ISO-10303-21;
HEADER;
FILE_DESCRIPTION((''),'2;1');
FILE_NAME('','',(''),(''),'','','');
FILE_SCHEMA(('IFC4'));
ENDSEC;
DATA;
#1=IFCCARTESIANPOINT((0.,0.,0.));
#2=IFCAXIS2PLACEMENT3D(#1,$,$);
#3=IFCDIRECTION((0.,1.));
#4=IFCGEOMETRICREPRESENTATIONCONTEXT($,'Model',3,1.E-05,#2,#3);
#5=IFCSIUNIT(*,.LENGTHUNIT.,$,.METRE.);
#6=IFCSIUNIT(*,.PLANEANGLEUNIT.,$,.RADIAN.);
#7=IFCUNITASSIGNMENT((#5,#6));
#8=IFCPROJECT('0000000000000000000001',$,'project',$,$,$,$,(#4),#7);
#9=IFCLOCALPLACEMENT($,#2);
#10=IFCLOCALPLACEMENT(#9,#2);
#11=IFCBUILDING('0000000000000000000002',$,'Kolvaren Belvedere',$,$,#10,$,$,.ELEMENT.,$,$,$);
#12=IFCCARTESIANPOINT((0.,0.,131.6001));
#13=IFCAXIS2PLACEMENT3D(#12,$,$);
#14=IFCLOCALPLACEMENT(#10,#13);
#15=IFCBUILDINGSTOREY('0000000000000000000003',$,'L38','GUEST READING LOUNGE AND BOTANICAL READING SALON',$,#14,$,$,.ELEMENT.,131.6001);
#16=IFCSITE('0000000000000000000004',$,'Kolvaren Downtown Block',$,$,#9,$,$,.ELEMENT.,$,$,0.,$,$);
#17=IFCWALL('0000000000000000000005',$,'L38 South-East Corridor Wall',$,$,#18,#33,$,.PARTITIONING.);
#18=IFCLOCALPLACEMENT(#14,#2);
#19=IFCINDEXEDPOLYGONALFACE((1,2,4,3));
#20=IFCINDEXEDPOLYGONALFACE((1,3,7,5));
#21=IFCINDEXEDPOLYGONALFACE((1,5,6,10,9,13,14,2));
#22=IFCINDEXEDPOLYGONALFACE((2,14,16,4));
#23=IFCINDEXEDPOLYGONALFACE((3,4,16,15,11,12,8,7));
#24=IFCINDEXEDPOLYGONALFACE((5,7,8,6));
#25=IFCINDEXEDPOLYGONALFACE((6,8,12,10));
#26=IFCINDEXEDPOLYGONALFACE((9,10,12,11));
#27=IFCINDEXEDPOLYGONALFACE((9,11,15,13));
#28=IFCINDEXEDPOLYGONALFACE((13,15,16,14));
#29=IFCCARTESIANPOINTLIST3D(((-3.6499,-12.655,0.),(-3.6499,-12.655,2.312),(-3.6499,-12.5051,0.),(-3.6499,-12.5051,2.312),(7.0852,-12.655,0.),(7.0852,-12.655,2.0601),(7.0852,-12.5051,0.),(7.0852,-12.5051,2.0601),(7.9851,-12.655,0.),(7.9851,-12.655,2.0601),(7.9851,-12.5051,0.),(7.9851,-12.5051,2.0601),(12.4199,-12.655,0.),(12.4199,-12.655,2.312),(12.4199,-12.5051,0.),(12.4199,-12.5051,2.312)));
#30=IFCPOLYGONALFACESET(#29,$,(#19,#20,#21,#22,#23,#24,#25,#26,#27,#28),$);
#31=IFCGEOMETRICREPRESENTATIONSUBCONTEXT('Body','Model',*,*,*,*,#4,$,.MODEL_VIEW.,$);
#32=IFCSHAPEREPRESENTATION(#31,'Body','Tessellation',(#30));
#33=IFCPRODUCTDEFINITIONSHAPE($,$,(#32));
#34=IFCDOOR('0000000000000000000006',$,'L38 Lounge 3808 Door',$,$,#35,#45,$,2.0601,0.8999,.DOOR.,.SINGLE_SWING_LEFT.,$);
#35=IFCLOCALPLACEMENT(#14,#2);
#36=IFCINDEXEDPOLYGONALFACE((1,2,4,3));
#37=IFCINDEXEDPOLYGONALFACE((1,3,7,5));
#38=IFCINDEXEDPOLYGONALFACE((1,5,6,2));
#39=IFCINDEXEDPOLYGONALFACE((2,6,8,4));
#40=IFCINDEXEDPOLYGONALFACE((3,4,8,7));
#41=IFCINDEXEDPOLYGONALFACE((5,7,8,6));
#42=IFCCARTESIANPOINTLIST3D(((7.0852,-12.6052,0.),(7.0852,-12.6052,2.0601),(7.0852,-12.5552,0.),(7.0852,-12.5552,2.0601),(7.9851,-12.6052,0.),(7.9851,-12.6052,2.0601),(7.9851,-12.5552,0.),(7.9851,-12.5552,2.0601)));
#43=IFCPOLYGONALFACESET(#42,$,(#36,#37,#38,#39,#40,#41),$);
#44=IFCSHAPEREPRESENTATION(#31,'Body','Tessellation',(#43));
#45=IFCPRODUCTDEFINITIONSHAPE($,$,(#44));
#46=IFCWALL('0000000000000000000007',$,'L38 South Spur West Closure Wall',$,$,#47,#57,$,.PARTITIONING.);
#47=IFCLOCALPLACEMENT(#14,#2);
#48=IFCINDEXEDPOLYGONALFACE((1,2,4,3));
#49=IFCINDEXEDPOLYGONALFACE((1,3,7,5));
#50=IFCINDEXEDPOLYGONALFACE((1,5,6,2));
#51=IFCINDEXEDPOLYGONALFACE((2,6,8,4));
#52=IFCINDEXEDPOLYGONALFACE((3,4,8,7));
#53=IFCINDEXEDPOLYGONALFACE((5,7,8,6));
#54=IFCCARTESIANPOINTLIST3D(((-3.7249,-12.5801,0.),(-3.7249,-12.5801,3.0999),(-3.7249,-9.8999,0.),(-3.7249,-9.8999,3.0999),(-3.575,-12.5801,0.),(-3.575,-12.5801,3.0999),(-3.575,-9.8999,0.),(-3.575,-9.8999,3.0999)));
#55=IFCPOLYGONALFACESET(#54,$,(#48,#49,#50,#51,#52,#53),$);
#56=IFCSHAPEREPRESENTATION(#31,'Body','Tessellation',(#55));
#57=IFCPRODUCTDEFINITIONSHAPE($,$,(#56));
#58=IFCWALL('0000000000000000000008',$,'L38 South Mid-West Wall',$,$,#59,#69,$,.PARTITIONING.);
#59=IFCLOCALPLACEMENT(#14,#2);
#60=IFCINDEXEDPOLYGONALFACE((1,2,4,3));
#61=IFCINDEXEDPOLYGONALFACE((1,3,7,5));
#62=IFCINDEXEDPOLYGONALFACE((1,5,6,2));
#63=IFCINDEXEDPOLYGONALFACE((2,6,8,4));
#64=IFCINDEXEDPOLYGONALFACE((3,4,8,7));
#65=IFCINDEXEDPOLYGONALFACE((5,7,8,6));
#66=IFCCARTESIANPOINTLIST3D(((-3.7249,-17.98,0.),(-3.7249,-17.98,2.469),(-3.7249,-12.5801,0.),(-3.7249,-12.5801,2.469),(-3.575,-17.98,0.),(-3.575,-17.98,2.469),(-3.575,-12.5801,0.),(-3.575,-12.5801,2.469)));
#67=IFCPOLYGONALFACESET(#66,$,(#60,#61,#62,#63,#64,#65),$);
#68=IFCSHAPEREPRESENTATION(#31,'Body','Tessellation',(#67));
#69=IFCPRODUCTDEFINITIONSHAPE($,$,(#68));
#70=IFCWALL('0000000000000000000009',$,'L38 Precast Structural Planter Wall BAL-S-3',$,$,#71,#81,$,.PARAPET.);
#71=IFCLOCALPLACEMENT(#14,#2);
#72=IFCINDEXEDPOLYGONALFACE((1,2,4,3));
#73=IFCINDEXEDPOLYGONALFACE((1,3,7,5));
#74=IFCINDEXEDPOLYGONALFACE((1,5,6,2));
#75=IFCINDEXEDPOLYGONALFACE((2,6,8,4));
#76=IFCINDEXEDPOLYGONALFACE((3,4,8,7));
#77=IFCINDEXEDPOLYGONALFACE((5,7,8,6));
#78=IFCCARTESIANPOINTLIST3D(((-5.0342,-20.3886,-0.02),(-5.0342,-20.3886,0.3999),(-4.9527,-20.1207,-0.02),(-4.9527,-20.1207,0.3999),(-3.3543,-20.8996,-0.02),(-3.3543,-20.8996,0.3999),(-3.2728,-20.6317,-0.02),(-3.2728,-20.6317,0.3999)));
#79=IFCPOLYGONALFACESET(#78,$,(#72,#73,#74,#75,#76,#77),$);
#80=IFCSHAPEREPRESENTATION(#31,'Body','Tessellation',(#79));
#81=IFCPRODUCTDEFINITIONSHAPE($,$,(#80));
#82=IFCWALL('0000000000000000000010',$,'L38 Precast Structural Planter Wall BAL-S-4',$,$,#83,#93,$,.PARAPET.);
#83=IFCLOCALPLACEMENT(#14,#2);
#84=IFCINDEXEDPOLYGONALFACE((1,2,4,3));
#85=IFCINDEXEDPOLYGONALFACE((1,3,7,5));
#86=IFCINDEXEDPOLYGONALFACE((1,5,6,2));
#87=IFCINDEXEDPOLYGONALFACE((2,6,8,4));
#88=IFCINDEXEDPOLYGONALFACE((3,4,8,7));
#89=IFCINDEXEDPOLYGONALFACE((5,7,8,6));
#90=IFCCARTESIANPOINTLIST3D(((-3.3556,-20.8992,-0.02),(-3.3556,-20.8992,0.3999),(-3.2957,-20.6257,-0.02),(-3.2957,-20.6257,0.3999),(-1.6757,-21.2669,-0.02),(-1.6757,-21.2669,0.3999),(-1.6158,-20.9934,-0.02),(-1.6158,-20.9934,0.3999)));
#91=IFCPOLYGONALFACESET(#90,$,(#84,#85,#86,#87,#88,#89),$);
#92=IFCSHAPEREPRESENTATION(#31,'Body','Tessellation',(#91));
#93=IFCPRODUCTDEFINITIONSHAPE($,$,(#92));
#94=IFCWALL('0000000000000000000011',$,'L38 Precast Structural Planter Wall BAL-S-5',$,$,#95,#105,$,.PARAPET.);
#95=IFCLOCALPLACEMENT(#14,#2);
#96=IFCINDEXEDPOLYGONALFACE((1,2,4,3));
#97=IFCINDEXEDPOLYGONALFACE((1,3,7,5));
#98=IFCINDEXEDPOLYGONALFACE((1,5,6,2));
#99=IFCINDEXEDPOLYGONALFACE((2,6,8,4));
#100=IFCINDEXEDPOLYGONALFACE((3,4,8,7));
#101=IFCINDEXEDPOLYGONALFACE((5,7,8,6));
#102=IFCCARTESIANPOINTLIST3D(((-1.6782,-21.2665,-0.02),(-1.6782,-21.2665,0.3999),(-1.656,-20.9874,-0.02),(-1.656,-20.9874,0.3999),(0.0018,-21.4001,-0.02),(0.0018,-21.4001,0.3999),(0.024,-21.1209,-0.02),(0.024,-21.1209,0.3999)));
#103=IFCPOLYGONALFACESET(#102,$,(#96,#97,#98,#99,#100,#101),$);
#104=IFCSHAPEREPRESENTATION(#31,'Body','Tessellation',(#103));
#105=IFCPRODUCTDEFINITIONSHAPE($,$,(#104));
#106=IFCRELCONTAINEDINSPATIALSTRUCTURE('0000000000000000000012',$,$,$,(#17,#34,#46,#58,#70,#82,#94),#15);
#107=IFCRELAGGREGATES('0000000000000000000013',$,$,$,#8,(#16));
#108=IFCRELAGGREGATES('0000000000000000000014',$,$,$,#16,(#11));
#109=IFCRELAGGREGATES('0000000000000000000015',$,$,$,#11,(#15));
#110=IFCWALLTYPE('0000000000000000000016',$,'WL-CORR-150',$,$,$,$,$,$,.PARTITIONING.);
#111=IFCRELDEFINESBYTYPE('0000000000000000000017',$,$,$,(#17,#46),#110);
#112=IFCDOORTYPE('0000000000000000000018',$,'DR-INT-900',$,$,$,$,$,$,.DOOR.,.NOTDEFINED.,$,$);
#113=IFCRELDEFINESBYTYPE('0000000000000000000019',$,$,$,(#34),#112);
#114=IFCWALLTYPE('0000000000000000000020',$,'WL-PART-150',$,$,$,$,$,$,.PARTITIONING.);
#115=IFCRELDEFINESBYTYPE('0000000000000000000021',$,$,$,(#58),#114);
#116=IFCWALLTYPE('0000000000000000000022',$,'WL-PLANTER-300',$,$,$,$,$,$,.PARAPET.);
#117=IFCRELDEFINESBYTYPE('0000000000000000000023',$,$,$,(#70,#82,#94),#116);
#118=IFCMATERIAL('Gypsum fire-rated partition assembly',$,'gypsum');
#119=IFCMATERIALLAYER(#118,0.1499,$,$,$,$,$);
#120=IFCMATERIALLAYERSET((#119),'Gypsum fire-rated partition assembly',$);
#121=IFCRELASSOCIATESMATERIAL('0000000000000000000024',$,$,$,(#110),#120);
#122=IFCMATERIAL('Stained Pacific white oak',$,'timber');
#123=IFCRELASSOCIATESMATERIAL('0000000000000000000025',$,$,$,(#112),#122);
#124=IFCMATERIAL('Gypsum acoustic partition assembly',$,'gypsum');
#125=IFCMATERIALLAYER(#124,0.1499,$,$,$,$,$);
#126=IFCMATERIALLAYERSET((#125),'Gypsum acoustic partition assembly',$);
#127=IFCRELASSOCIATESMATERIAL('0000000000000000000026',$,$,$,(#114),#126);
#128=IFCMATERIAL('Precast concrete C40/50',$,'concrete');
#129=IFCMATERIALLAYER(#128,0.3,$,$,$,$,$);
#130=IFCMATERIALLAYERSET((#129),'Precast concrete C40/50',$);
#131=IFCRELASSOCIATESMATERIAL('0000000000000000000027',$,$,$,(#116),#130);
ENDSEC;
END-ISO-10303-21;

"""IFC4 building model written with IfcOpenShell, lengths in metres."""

from ifc_helpers import new_model, si_unit, direction, frame, frame_2d, origin, place, context, subcontext, project, spatial, rectangle, extrude, material, layer, layer_set, type_object, element, fill, save


model = new_model("IFC4")

# Units and contexts
model_context = context("Model", 3, precision=1e-05, world=origin(), true_north=direction((0.0, 1.0)))
body_context = subcontext(model_context, "Body", "Model", "MODEL_VIEW")
ifc_project = project(units=[si_unit("LENGTHUNIT", "METRE"), si_unit("PLANEANGLEUNIT", "RADIAN")], contexts=[model_context])

# Site, building, storey
site_placement = place(None, origin())
site = spatial("IfcSite", under=ifc_project, at=site_placement, Name="Kolvaren Downtown Block", CompositionType="ELEMENT", RefElevation=0.0)
building_placement = place(site_placement, origin())
building = spatial("IfcBuilding", under=site, at=building_placement, Name="Kolvaren Belvedere", CompositionType="ELEMENT")
storey_placement = place(building_placement, frame((0.0, 0.0, 131.6001)))
storey = spatial("IfcBuildingStorey", under=building, at=storey_placement, Name="L38", Description="GUEST READING LOUNGE AND BOTANICAL READING SALON", CompositionType="ELEMENT", Elevation=131.6001)

# Wall, opening, door
ifc_material_1 = material(Name="Gypsum fire-rated partition assembly", Category="gypsum")
ifc_layer_1 = layer(ifc_material_1, 0.1499)
ifc_layer_set_1 = layer_set([ifc_layer_1], Name="Gypsum fire-rated partition assembly")
wall_type_1 = type_object("IfcWallType", Name="WL-CORR-150", PredefinedType="PARTITIONING", material=ifc_layer_set_1)
wall_1_placement = place(storey_placement, frame((-3.6499, -12.5801, 0.0), z_axis=(0.0, 0.0, 1.0), x_axis=(1.0, 0.0, 0.0)))
wall_1 = element("IfcWall", 1, at=wall_1_placement, inside=storey, type_object=wall_type_1, Name="L38 South-East Corridor Wall", PredefinedType="PARTITIONING", context=body_context, shape_type="SweptSolid", body=[
    extrude(rectangle(XDim=16.0698, YDim=0.1499, at=frame_2d((8.0349, 0.0))), origin(), (0.0, 0.0, 1.0), 2.312),
])
opening_placement = place(wall_1_placement, frame((10.7351, 0.0, 0.0)))
opening = element("IfcOpeningElement", 2, at=opening_placement, cuts=wall_1, PredefinedType="OPENING", context=body_context, shape_type="SweptSolid", body=[
    extrude(rectangle(XDim=0.8999, YDim=2.0601, at=frame_2d((0.45, 1.03))), frame((0.0, 0.085, 0.0), z_axis=(0.0, -1.0, 0.0), x_axis=(1.0, 0.0, 0.0)), (0.0, 0.0, 1.0), 0.1699),
])
ifc_material_2 = material(Name="Stained Pacific white oak", Category="timber")
door_type = type_object("IfcDoorType", Name="DR-INT-900", OperationType="NOTDEFINED", PredefinedType="DOOR", material=ifc_material_2)
door_placement = place(opening_placement, origin())
door = element("IfcDoor", 3, at=door_placement, inside=storey, type_object=door_type, Name="L38 Lounge 3808 Door", OperationType="SINGLE_SWING_LEFT", OverallHeight=2.0601, OverallWidth=0.8999, PredefinedType="DOOR", context=body_context, shape_type="SweptSolid", body=[
    extrude(rectangle(XDim=0.8999, YDim=2.0601, at=frame_2d((0.45, 1.03))), frame((0.0, 0.0249, 0.0), z_axis=(0.0, -1.0, 0.0), x_axis=(1.0, 0.0, 0.0)), (0.0, 0.0, 1.0), 0.05),
])
fill(opening, door)

# Walls
wall_2_placement = place(storey_placement, frame((-3.6499, -12.5801, 0.0), z_axis=(0.0, 0.0, 1.0), x_axis=(0.0, 1.0, 0.0)))
element("IfcWall", 4, at=wall_2_placement, inside=storey, type_object=wall_type_1, Name="L38 South Spur West Closure Wall", PredefinedType="PARTITIONING", context=body_context, shape_type="SweptSolid", body=[
    extrude(rectangle(XDim=2.6802, YDim=0.1499, at=frame_2d((1.3401, 0.0))), origin(), (0.0, 0.0, 1.0), 3.0999),
])
ifc_material_3 = material(Name="Gypsum acoustic partition assembly", Category="gypsum")
ifc_layer_2 = layer(ifc_material_3, 0.1499)
ifc_layer_set_2 = layer_set([ifc_layer_2], Name="Gypsum acoustic partition assembly")
wall_type_2 = type_object("IfcWallType", Name="WL-PART-150", PredefinedType="PARTITIONING", material=ifc_layer_set_2)
wall_3_placement = place(storey_placement, frame((-3.6499, -17.98, 0.0), z_axis=(0.0, 0.0, 1.0), x_axis=(0.0, 1.0, 0.0)))
element("IfcWall", 5, at=wall_3_placement, inside=storey, type_object=wall_type_2, Name="L38 South Mid-West Wall", PredefinedType="PARTITIONING", context=body_context, shape_type="SweptSolid", body=[
    extrude(rectangle(XDim=5.3999, YDim=0.1499, at=frame_2d((2.7, 0.0))), origin(), (0.0, 0.0, 1.0), 2.469),
])
ifc_material_4 = material(Name="Precast concrete C40/50", Category="concrete")
ifc_layer_3 = layer(ifc_material_4, 0.3)
ifc_layer_set_3 = layer_set([ifc_layer_3], Name="Precast concrete C40/50")
wall_type_3 = type_object("IfcWallType", Name="WL-PLANTER-300", PredefinedType="PARAPET", material=ifc_layer_set_3)
wall_4_placement = place(storey_placement, frame((-4.9934, -20.2546, -0.02), z_axis=(0.0, 0.0, 1.0), x_axis=(0.956721, -0.291007, 0.0)))
element("IfcWall", 6, at=wall_4_placement, inside=storey, type_object=wall_type_3, Name="L38 Precast Structural Planter Wall BAL-S-3", PredefinedType="PARAPET", context=body_context, shape_type="SweptSolid", body=[
    extrude(rectangle(XDim=1.7559, YDim=0.28, at=frame_2d((0.8779, 0.0))), origin(), (0.0, 0.0, 1.0), 0.4199),
])
wall_5_placement = place(storey_placement, frame((-3.3257, -20.7625, -0.02), z_axis=(0.0, 0.0, 1.0), x_axis=(0.976877, -0.213803, 0.0)))
element("IfcWall", 7, at=wall_5_placement, inside=storey, type_object=wall_type_3, Name="L38 Precast Structural Planter Wall BAL-S-4", PredefinedType="PARAPET", context=body_context, shape_type="SweptSolid", body=[
    extrude(rectangle(XDim=1.7197, YDim=0.28, at=frame_2d((0.8599, 0.0))), origin(), (0.0, 0.0, 1.0), 0.4199),
])
wall_6_placement = place(storey_placement, frame((-1.6672, -21.127, -0.02), z_axis=(0.0, 0.0, 1.0), x_axis=(0.996855, -0.079244, 0.0)))
element("IfcWall", 8, at=wall_6_placement, inside=storey, type_object=wall_type_3, Name="L38 Precast Structural Planter Wall BAL-S-5", PredefinedType="PARAPET", context=body_context, shape_type="SweptSolid", body=[
    extrude(rectangle(XDim=1.6853, YDim=0.28, at=frame_2d((0.8428, 0.0))), origin(), (0.0, 0.0, 1.0), 0.4199),
])

save(model, "model.ifc")
